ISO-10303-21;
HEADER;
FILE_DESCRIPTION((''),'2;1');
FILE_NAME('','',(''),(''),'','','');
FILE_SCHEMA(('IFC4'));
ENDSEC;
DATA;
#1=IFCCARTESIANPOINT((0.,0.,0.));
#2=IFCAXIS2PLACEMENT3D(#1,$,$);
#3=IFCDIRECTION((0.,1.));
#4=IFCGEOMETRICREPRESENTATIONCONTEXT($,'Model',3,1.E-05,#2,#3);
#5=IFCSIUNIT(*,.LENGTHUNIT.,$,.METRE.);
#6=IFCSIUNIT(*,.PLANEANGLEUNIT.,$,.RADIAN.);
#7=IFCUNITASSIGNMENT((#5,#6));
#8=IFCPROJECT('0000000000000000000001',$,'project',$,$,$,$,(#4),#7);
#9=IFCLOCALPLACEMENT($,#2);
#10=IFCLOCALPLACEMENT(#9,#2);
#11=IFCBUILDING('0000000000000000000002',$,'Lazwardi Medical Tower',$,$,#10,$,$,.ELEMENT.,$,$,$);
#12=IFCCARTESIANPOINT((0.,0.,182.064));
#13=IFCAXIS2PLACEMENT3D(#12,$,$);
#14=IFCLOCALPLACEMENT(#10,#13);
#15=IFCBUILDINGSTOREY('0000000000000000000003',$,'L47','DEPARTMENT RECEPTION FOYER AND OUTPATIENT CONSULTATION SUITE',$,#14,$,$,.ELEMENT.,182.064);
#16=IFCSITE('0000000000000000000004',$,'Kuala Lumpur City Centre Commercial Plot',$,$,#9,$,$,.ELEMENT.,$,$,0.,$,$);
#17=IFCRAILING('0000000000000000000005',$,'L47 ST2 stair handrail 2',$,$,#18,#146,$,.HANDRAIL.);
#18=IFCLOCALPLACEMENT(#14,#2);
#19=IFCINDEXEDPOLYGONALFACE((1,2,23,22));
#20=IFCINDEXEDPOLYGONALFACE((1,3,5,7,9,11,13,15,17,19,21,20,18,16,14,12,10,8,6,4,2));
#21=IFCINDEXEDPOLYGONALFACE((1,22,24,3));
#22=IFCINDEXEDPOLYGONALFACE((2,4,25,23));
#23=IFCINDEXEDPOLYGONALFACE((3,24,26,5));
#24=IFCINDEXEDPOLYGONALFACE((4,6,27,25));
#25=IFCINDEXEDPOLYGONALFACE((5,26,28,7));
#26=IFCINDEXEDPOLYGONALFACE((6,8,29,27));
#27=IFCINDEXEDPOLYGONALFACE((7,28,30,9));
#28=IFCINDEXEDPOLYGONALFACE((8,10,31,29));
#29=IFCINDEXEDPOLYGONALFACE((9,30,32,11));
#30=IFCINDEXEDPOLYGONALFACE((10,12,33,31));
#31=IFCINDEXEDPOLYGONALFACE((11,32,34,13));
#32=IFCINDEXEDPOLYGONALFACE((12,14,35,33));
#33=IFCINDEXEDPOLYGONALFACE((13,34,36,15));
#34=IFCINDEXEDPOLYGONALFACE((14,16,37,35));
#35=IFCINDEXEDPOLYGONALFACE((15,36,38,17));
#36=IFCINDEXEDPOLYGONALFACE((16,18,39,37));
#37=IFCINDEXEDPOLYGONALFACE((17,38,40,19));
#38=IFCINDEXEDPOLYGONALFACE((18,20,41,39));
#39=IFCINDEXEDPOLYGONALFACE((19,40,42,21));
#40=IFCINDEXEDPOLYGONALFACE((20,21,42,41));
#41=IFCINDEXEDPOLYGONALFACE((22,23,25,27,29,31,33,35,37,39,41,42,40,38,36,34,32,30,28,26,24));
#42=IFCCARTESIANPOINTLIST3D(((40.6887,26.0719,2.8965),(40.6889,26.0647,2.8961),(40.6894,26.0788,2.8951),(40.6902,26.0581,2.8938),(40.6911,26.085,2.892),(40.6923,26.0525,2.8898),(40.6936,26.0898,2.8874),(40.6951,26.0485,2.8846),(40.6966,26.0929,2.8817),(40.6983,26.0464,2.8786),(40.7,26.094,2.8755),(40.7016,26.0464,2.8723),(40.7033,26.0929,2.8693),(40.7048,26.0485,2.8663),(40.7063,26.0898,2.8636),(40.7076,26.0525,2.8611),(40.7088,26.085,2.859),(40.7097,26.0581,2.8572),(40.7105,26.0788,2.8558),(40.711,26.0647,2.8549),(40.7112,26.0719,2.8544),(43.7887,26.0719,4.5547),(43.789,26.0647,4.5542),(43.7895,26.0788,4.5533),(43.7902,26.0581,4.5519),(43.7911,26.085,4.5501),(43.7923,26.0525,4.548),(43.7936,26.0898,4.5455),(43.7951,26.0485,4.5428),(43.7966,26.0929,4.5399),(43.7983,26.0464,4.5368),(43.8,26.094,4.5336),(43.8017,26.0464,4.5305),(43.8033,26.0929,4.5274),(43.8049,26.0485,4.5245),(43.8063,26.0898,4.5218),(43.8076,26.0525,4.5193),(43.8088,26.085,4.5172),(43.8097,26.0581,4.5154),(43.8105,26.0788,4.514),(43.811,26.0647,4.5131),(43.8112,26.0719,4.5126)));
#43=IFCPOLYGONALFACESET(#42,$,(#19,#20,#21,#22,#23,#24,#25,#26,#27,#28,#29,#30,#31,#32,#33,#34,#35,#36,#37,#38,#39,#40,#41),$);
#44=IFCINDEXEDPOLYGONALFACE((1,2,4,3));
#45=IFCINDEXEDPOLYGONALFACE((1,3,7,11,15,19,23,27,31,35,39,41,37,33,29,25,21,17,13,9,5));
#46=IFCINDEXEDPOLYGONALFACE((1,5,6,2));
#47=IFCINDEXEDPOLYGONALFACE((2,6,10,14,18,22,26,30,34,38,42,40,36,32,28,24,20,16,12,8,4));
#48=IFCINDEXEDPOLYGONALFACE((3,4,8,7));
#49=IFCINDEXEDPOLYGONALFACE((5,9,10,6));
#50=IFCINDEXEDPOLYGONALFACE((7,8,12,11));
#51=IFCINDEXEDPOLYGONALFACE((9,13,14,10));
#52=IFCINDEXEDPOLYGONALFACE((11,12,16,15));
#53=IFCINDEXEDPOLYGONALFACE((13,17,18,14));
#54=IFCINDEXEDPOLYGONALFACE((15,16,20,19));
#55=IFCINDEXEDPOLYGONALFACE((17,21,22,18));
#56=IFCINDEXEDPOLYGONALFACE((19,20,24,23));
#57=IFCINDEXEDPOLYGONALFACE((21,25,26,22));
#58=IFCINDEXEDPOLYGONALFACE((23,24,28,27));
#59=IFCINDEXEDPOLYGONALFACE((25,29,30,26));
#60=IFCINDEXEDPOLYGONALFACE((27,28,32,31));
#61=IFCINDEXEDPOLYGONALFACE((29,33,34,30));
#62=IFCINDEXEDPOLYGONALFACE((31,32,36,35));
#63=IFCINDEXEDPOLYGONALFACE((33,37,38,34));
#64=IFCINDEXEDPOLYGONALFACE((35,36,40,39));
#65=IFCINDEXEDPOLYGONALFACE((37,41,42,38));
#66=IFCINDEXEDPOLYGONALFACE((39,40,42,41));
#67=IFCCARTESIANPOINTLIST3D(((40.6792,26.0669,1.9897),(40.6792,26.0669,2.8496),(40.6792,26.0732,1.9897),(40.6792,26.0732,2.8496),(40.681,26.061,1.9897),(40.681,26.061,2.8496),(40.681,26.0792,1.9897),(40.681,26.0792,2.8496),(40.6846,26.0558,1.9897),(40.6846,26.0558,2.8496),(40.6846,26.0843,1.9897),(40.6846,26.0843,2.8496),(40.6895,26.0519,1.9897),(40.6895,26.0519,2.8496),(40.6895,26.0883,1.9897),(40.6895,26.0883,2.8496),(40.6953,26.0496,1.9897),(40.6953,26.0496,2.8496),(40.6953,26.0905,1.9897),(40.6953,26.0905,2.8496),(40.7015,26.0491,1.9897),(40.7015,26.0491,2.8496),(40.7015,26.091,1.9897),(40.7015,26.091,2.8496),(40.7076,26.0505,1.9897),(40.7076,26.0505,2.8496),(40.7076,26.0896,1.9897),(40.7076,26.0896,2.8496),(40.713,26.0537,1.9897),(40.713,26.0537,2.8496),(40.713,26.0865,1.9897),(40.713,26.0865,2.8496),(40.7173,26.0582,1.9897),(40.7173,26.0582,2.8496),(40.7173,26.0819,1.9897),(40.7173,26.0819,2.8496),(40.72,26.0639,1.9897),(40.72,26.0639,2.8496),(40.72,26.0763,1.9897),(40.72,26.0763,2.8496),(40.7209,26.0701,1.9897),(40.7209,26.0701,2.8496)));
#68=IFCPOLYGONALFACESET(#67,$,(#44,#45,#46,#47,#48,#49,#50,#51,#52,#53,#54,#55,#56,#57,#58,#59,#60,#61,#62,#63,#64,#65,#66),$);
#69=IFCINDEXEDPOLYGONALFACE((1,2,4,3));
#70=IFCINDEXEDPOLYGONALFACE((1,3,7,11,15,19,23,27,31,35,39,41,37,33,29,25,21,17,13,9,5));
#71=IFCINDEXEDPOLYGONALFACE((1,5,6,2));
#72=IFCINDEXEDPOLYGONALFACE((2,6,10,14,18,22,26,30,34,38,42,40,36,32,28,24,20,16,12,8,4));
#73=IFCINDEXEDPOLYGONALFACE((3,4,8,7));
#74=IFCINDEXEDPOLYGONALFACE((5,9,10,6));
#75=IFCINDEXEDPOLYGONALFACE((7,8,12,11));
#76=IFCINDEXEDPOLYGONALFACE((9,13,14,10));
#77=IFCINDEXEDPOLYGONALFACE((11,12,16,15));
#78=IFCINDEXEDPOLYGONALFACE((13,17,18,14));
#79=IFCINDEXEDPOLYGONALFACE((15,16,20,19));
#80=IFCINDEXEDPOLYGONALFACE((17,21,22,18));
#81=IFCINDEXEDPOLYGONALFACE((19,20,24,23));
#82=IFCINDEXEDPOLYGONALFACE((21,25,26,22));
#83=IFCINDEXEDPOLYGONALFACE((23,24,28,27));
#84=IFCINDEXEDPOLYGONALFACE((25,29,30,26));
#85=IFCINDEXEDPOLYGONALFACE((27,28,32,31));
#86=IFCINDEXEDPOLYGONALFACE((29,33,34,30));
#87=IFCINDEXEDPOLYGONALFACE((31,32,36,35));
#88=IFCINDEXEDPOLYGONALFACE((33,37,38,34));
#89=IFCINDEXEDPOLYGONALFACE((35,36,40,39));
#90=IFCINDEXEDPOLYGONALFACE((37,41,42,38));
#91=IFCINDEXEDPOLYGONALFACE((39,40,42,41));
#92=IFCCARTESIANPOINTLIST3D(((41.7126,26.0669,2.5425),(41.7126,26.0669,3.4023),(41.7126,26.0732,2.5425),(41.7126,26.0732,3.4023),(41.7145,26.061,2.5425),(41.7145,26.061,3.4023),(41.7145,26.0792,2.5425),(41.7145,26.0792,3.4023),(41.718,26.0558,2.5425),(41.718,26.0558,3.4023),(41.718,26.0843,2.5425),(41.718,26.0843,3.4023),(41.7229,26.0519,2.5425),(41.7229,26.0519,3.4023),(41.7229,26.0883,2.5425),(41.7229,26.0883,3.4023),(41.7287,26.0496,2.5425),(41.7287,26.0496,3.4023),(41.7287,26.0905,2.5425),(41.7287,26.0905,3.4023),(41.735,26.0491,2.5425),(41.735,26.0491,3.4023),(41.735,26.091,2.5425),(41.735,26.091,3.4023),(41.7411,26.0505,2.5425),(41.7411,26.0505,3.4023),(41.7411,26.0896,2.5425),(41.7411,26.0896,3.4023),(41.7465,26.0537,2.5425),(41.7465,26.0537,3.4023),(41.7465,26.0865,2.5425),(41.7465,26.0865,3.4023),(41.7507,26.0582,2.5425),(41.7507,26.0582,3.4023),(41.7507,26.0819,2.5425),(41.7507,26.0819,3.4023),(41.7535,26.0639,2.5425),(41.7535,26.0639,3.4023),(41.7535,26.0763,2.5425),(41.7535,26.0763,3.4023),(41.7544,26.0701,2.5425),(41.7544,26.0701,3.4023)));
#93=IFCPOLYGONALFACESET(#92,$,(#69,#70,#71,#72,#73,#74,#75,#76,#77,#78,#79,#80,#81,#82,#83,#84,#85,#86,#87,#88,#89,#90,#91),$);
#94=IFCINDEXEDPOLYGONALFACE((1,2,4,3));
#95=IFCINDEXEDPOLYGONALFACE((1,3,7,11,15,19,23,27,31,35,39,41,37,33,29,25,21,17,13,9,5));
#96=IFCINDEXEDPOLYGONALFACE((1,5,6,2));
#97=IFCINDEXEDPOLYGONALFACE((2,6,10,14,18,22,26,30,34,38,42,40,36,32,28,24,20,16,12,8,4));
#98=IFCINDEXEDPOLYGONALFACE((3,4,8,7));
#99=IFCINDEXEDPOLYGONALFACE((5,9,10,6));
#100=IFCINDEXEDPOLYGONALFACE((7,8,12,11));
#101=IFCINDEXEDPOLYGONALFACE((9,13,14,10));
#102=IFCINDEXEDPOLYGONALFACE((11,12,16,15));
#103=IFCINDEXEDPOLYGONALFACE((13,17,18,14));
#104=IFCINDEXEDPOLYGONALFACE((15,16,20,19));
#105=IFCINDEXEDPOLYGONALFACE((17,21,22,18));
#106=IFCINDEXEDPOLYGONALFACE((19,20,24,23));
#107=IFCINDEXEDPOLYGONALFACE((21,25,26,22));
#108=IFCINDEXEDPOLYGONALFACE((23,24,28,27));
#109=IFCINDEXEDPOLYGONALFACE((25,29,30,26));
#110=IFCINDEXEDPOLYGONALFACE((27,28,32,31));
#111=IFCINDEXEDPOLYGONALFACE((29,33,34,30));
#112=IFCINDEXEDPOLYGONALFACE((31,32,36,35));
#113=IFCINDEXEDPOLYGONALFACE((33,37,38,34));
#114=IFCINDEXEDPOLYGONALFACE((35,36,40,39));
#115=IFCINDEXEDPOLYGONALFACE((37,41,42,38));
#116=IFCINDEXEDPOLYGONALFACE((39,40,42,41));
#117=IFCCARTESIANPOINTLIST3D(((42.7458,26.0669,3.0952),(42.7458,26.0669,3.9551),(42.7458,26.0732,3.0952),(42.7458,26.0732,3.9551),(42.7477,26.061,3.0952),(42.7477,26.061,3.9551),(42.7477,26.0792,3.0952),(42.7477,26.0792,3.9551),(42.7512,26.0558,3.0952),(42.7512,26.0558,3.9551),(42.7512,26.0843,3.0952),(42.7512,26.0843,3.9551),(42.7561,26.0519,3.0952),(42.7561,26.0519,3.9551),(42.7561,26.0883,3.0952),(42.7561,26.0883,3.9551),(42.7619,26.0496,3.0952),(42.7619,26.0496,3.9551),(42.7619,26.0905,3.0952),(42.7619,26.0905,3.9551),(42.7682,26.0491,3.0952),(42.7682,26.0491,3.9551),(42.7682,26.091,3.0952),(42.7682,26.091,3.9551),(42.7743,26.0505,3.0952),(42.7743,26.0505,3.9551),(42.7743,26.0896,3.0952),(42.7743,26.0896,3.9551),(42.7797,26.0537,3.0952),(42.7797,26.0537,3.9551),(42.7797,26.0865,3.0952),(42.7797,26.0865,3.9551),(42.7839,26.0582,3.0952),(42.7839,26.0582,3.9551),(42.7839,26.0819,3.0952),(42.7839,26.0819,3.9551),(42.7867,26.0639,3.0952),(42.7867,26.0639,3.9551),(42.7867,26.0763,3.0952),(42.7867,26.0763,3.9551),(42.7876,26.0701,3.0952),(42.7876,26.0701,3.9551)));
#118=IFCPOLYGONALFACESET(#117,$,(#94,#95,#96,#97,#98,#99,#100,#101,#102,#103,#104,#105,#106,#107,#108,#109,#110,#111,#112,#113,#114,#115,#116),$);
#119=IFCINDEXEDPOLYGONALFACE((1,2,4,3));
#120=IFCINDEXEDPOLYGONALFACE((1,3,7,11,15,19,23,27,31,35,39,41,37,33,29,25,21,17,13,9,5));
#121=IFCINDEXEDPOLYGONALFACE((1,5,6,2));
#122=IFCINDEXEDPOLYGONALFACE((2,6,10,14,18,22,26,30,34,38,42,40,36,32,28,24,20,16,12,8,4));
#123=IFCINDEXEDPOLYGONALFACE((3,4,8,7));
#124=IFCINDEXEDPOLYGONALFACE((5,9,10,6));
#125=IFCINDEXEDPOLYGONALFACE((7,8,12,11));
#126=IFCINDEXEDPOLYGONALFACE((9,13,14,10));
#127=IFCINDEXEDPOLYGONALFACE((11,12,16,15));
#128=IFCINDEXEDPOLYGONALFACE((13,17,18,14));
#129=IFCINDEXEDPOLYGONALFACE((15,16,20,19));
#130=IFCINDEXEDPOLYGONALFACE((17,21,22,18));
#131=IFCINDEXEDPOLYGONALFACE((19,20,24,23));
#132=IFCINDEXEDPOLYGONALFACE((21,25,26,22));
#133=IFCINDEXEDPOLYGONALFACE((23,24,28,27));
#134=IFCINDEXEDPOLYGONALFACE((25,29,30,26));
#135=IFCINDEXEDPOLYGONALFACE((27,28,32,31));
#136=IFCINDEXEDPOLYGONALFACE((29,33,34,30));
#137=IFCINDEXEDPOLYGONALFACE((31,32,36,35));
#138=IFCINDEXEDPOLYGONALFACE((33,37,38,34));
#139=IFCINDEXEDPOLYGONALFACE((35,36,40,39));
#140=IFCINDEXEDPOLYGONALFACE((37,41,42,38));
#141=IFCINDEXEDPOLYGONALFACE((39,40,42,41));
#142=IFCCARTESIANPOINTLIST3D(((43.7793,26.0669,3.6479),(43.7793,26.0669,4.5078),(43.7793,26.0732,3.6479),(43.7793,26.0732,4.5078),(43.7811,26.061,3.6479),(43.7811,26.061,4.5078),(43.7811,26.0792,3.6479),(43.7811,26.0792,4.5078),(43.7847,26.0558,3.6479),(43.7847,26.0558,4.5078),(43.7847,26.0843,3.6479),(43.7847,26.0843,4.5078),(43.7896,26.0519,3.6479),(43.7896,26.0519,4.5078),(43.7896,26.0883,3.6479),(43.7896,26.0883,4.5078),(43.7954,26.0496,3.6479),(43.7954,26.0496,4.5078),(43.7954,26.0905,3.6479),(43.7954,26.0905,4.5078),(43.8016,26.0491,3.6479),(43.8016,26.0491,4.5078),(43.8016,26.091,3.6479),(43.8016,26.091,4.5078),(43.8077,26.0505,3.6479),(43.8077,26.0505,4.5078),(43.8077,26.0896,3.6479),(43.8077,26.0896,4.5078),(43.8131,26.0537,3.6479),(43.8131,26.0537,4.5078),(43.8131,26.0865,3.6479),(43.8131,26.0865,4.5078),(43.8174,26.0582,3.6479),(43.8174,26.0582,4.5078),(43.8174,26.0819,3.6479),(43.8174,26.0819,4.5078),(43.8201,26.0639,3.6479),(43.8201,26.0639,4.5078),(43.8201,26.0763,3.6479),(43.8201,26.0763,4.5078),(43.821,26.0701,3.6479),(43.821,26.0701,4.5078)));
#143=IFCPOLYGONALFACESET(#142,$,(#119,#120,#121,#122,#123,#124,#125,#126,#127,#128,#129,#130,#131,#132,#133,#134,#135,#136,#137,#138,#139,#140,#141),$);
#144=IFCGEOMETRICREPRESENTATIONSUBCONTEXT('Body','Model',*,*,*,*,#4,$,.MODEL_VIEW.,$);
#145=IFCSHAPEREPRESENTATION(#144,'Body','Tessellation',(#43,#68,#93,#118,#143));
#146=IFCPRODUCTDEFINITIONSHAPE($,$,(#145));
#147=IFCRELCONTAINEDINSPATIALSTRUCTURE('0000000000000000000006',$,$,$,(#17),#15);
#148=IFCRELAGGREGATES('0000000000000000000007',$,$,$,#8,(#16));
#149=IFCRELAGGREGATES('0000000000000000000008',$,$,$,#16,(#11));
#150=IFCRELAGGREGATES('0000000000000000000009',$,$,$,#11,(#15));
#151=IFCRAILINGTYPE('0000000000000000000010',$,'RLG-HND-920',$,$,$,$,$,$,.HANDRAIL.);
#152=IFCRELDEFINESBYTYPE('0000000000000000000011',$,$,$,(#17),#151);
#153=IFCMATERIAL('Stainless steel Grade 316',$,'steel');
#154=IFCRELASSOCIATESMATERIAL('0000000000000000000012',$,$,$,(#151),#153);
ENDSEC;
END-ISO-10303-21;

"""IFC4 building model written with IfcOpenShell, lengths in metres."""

from ifc_helpers import new_model, si_unit, direction, frame, origin, origin_2d, place, context, subcontext, project, spatial, circle, extrude, material, type_object, element, save


model = new_model("IFC4")

# Units and contexts
model_context = context("Model", 3, precision=1e-05, world=origin(), true_north=direction((0.0, 1.0)))
body_context = subcontext(model_context, "Body", "Model", "MODEL_VIEW")
ifc_project = project(units=[si_unit("LENGTHUNIT", "METRE"), si_unit("PLANEANGLEUNIT", "RADIAN")], contexts=[model_context])

# Site, building, storey
site_placement = place(None, origin())
site = spatial("IfcSite", under=ifc_project, at=site_placement, Name="Kuala Lumpur City Centre Commercial Plot", CompositionType="ELEMENT", RefElevation=0.0)
building_placement = place(site_placement, origin())
building = spatial("IfcBuilding", under=site, at=building_placement, Name="Lazwardi Medical Tower", CompositionType="ELEMENT")
storey_placement = place(building_placement, frame((0.0, 0.0, 182.064)))
storey = spatial("IfcBuildingStorey", under=building, at=storey_placement, Name="L47", Description="DEPARTMENT RECEPTION FOYER AND OUTPATIENT CONSULTATION SUITE", CompositionType="ELEMENT", Elevation=182.064)

# Railing
ifc_material_1 = material(Name="Stainless steel Grade 316", Category="steel")
railing_type_1 = type_object("IfcRailingType", Name="RLG-HND-920", PredefinedType="HANDRAIL", material=ifc_material_1)
railing_1_placement = place(storey_placement, frame((40.7, 26.0701, 1.9897)))
element("IfcRailing", 1, at=railing_1_placement, inside=storey, type_object=railing_type_1, Name="L47 ST2 stair handrail 2", PredefinedType="HANDRAIL", context=body_context, shape_type="SweptSolid", body=[
    extrude(circle(Radius=0.0239, at=origin_2d()), frame((0.0, 0.0, 0.8857), z_axis=(0.881783, 0.0, 0.471655), x_axis=(0.0, 1.0, 0.0)), (0.0, 0.0, 1.0), 3.5156),
    extrude(circle(Radius=0.021, at=origin_2d()), origin(), (0.0, 0.0, 1.0), 0.8599),
    extrude(circle(Radius=0.021, at=origin_2d()), frame((1.0334, 0.0, 0.5527)), (0.0, 0.0, 1.0), 0.8599),
    extrude(circle(Radius=0.021, at=origin_2d()), frame((2.0667, 0.0, 1.1055)), (0.0, 0.0, 1.0), 0.8599),
    extrude(circle(Radius=0.021, at=origin_2d()), frame((3.1001, 0.0, 1.6582)), (0.0, 0.0, 1.0), 0.8599),
])

save(model, "model.ifc")
